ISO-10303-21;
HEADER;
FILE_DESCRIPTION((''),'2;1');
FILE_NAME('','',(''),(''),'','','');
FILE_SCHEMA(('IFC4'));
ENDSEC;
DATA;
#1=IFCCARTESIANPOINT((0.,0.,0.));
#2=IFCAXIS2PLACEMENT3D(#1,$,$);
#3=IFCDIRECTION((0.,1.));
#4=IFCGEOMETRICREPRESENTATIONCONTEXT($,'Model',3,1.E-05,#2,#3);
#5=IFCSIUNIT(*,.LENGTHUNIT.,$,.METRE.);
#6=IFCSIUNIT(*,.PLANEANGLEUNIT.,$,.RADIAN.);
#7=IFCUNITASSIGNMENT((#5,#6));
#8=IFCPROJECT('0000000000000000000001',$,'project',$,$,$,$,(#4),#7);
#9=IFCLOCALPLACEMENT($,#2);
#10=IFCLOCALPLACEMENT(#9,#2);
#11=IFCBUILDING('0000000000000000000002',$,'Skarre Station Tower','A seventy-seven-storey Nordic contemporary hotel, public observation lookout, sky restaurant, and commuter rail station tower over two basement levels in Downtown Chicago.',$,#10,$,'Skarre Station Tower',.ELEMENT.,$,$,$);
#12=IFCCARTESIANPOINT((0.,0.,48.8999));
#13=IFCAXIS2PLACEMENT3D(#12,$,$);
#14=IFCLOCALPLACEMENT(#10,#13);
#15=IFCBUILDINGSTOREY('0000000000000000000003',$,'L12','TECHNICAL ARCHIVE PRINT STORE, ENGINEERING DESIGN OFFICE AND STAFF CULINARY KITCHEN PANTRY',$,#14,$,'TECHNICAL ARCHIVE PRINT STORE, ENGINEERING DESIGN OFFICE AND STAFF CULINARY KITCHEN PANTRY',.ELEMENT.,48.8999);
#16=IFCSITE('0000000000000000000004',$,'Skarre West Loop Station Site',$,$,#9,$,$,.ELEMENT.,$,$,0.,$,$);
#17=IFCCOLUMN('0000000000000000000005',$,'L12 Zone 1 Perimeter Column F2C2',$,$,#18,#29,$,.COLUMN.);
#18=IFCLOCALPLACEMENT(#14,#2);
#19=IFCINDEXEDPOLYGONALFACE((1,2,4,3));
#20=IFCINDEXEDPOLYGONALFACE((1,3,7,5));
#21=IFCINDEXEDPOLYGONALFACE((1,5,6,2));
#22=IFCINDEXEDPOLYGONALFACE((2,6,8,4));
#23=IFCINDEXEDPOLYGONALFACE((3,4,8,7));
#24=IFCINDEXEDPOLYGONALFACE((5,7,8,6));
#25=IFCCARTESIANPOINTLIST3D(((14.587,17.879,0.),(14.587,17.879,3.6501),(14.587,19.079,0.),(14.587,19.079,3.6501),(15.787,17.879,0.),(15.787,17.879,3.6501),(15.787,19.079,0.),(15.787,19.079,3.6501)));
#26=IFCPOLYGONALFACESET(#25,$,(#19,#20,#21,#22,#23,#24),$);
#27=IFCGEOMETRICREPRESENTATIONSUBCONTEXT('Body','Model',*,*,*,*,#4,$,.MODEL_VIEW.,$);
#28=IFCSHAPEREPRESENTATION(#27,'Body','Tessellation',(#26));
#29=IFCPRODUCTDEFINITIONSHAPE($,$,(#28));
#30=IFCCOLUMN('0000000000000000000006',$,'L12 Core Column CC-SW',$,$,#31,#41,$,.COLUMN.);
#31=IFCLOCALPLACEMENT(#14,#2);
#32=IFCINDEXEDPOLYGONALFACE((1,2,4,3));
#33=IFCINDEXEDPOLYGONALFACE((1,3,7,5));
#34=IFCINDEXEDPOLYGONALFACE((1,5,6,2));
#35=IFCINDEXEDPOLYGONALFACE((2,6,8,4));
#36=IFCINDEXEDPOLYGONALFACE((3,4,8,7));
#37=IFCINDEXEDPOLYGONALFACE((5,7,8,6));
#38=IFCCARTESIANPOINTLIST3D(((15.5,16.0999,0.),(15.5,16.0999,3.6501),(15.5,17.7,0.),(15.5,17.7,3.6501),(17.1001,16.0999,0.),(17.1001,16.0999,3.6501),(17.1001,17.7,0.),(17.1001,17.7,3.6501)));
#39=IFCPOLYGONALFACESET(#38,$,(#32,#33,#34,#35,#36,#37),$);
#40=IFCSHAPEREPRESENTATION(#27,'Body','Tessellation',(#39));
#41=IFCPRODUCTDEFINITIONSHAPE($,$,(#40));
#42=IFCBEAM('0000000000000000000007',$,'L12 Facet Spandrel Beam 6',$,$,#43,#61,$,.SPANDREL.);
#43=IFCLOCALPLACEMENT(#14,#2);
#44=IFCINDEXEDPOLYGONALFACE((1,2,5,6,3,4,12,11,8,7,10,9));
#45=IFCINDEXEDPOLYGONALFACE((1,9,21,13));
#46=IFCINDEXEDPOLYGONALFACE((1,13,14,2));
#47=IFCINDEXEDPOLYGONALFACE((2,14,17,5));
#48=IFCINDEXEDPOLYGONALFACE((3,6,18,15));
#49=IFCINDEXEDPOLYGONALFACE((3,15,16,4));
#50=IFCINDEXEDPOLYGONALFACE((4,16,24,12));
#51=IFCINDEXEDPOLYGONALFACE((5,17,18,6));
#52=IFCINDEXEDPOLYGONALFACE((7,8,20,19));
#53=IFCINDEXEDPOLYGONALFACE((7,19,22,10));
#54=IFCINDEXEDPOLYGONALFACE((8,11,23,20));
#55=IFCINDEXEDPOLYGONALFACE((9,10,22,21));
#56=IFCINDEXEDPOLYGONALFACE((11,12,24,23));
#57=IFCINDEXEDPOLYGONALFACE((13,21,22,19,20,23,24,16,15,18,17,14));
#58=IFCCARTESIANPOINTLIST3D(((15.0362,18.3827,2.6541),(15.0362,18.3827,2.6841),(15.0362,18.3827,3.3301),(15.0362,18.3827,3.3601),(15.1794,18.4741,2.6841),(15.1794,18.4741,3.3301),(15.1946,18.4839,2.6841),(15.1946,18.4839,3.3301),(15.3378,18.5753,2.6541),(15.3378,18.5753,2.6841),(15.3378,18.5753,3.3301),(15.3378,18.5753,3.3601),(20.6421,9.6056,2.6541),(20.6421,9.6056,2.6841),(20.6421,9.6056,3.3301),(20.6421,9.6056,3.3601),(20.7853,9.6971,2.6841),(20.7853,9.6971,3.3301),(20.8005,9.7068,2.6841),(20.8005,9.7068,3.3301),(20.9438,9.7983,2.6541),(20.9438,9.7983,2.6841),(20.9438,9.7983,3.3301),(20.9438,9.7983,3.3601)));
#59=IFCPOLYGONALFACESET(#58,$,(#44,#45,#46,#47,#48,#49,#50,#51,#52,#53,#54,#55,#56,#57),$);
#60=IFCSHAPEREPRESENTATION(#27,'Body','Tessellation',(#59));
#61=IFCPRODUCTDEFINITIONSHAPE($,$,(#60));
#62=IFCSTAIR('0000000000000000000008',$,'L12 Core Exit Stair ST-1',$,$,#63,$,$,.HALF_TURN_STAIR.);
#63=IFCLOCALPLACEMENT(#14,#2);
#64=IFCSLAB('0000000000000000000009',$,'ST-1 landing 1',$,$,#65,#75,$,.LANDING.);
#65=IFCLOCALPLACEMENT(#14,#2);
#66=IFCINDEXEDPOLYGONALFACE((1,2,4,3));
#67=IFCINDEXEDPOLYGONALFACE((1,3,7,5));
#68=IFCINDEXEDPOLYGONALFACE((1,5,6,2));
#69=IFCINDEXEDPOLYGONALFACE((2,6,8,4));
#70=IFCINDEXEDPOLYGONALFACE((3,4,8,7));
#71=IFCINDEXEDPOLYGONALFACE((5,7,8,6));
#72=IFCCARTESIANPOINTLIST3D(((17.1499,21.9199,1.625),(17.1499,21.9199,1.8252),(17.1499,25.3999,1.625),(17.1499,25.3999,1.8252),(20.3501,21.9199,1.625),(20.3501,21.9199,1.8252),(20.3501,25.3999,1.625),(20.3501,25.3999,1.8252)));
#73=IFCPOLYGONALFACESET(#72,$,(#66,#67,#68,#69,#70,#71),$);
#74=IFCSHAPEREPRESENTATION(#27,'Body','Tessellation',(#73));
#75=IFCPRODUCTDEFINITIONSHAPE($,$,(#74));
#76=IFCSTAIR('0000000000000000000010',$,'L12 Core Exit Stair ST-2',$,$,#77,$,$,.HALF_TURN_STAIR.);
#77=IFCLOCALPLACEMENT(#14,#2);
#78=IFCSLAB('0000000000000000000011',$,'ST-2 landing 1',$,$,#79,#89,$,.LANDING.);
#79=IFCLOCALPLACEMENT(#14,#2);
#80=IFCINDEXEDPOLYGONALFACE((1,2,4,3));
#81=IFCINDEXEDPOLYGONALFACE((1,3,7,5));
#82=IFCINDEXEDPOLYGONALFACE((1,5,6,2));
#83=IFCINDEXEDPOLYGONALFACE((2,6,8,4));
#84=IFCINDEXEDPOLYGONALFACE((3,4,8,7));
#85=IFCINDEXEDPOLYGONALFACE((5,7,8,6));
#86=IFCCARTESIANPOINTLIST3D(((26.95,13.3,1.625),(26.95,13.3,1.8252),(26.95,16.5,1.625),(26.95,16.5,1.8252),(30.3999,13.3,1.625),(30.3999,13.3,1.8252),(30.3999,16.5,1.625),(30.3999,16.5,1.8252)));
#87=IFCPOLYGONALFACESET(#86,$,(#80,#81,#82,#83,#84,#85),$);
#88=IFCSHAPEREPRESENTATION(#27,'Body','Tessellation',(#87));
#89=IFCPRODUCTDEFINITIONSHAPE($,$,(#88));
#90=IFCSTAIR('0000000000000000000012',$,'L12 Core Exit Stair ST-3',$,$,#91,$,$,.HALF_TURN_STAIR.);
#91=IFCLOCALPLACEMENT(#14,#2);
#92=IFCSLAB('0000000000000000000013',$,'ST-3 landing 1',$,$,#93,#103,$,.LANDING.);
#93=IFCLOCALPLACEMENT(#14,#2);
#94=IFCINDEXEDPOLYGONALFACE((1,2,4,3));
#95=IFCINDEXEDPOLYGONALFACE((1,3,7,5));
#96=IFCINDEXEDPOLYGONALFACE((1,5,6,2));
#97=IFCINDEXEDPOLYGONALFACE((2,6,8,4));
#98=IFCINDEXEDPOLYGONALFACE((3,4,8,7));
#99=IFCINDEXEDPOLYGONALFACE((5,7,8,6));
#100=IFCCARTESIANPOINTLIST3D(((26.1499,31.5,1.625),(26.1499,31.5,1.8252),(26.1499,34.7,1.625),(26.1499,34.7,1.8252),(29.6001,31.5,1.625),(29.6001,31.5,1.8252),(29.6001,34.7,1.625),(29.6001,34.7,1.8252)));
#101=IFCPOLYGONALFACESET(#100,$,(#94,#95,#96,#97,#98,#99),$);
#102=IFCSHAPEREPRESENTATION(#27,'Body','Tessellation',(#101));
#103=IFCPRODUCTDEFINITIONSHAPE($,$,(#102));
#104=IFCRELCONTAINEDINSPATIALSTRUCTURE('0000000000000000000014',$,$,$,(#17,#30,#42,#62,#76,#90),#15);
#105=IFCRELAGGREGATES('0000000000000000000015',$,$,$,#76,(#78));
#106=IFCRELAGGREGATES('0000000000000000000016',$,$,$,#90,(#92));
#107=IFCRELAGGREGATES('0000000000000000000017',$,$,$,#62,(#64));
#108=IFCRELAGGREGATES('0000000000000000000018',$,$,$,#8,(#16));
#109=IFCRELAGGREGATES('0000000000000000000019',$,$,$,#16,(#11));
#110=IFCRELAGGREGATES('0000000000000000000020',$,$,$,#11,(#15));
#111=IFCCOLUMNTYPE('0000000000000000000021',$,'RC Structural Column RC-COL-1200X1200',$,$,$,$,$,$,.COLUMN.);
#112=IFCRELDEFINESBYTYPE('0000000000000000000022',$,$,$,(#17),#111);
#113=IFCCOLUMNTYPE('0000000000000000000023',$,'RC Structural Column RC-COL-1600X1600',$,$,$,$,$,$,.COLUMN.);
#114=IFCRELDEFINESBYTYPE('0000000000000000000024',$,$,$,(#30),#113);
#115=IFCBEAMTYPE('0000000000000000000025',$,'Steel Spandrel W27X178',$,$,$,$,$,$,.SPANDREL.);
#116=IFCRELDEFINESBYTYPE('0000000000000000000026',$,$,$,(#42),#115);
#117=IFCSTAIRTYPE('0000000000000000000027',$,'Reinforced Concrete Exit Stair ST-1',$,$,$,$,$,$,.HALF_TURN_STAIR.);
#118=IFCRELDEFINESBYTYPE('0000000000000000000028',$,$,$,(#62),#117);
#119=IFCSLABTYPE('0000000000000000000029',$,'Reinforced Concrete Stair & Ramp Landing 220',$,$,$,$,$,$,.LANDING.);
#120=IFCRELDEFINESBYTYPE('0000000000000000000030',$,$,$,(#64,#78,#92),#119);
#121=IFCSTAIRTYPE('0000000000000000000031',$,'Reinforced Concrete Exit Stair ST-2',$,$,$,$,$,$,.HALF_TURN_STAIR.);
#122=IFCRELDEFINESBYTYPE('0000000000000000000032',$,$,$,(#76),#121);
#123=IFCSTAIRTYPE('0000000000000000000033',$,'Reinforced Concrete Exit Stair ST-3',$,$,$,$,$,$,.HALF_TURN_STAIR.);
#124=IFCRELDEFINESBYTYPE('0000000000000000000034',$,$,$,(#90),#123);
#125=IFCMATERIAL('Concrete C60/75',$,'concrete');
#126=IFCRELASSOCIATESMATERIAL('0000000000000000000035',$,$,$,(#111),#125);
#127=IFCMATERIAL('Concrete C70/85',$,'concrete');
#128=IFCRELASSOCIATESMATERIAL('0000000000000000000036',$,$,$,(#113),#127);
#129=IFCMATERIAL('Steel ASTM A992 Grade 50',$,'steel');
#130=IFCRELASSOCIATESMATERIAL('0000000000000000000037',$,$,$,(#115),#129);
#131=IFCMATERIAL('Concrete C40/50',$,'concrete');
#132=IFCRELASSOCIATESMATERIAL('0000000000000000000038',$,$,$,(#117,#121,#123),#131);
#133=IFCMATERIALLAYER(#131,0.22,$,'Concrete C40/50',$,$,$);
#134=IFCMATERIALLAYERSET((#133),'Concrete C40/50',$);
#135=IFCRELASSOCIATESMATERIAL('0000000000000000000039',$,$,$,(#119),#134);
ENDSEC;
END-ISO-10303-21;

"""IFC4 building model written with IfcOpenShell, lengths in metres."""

from ifc_helpers import new_model, si_unit, direction, frame, origin, origin_2d, place, context, subcontext, project, spatial, polyline, rectangle, i_section, outline, extrude, material, layer, layer_set, material_profile, profile_set, type_object, element, aggregate, save


model = new_model("IFC4")

# Units and contexts
model_context = context("Model", 3, precision=1e-05, world=origin(), true_north=direction((0.0, 1.0)))
body_context = subcontext(model_context, "Body", "Model", "MODEL_VIEW")
ifc_project = project(units=[si_unit("LENGTHUNIT", "METRE"), si_unit("PLANEANGLEUNIT", "RADIAN")], contexts=[model_context])

# Site, building, storey
site_placement = place(None, origin())
site = spatial("IfcSite", under=ifc_project, at=site_placement, Name="Skarre West Loop Station Site", CompositionType="ELEMENT", RefElevation=0.0)
building_placement = place(site_placement, origin())
building = spatial("IfcBuilding", under=site, at=building_placement, Name="Skarre Station Tower", Description="A seventy-seven-storey Nordic contemporary hotel, public observation lookout, sky restaurant, and commuter rail station tower over two basement levels in Downtown Chicago.", LongName="Skarre Station Tower", CompositionType="ELEMENT")
storey_placement = place(building_placement, frame((0.0, 0.0, 48.8999)))
storey = spatial("IfcBuildingStorey", under=building, at=storey_placement, Name="L12", Description="TECHNICAL ARCHIVE PRINT STORE, ENGINEERING DESIGN OFFICE AND STAFF CULINARY KITCHEN PANTRY", LongName="TECHNICAL ARCHIVE PRINT STORE, ENGINEERING DESIGN OFFICE AND STAFF CULINARY KITCHEN PANTRY", CompositionType="ELEMENT", Elevation=48.8999)

# Columns
ifc_material_1 = material(Name="Concrete C60/75", Category="concrete")
ifc_material_profile_1 = material_profile(ifc_material_1, rectangle(XDim=1.2, YDim=1.2, at=origin_2d()), Name="Concrete C60/75")
ifc_profile_set_1 = profile_set([ifc_material_profile_1], Name="Concrete C60/75")
column_type_1 = type_object("IfcColumnType", Name="RC Structural Column RC-COL-1200X1200", PredefinedType="COLUMN", material=ifc_profile_set_1)
column_1_placement = place(storey_placement, frame((15.187, 18.479, 0.0), z_axis=(0.0, 0.0, 1.0), x_axis=(1.0, 0.0, 0.0)))
element("IfcColumn", 1, at=column_1_placement, inside=storey, type_object=column_type_1, Name="L12 Zone 1 Perimeter Column F2C2", PredefinedType="COLUMN", context=body_context, shape_type="SweptSolid", body=[
    extrude(rectangle(XDim=1.2, YDim=1.2, at=origin_2d()), origin(), (0.0, 0.0, 1.0), 3.6501),
])
ifc_material_2 = material(Name="Concrete C70/85", Category="concrete")
ifc_material_profile_2 = material_profile(ifc_material_2, rectangle(XDim=1.6001, YDim=1.6001, at=origin_2d()), Name="Concrete C70/85")
ifc_profile_set_2 = profile_set([ifc_material_profile_2], Name="Concrete C70/85")
column_type_2 = type_object("IfcColumnType", Name="RC Structural Column RC-COL-1600X1600", PredefinedType="COLUMN", material=ifc_profile_set_2)
column_2_placement = place(storey_placement, frame((16.3, 16.8999, 0.0), z_axis=(0.0, 0.0, 1.0), x_axis=(1.0, 0.0, 0.0)))
element("IfcColumn", 2, at=column_2_placement, inside=storey, type_object=column_type_2, Name="L12 Core Column CC-SW", PredefinedType="COLUMN", context=body_context, shape_type="SweptSolid", body=[
    extrude(rectangle(XDim=1.6001, YDim=1.6001, at=origin_2d()), origin(), (0.0, 0.0, 1.0), 3.6501),
])

# Beam
ifc_material_3 = material(Name="Steel ASTM A992 Grade 50", Category="steel")
ifc_material_profile_3 = material_profile(ifc_material_3, i_section(OverallWidth=0.3579, OverallDepth=0.7061, WebThickness=0.0181, FlangeThickness=0.03, at=origin_2d()), Name="Steel ASTM A992 Grade 50")
ifc_profile_set_3 = profile_set([ifc_material_profile_3], Name="Steel ASTM A992 Grade 50")
beam_type = type_object("IfcBeamType", Name="Steel Spandrel W27X178", PredefinedType="SPANDREL", material=ifc_profile_set_3)
beam_placement = place(storey_placement, frame((15.187, 18.479, 3.0071), z_axis=(0.538278, -0.842767, 0.0), x_axis=(0.842767, 0.538278, 0.0)))
element("IfcBeam", 3, at=beam_placement, inside=storey, type_object=beam_type, Name="L12 Facet Spandrel Beam 6", PredefinedType="SPANDREL", context=body_context, shape_type="SweptSolid", body=[
    extrude(i_section(OverallWidth=0.3579, OverallDepth=0.7061, WebThickness=0.0181, FlangeThickness=0.03, at=origin_2d()), origin(), (0.0, 0.0, 1.0), 10.4146),
])

# Stairs, slabs
ifc_material_4 = material(Name="Concrete C40/50", Category="concrete")
stair_type_1 = type_object("IfcStairType", Name="Reinforced Concrete Exit Stair ST-1", PredefinedType="HALF_TURN_STAIR", material=ifc_material_4)
stair_1_placement = place(storey_placement, origin())
stair_1 = element("IfcStair", 4, at=stair_1_placement, inside=storey, type_object=stair_type_1, Name="L12 Core Exit Stair ST-1", PredefinedType="HALF_TURN_STAIR")
ifc_layer_1 = layer(ifc_material_4, 0.22, Name="Concrete C40/50")
ifc_layer_set_1 = layer_set([ifc_layer_1], Name="Concrete C40/50")
slab_type_1 = type_object("IfcSlabType", Name="Reinforced Concrete Stair & Ramp Landing 220", PredefinedType="LANDING", material=ifc_layer_set_1)
slab_1_placement = place(storey_placement, frame((0.0, 0.0, 1.625)))
slab_1 = element("IfcSlab", 5, at=slab_1_placement, type_object=slab_type_1, Name="ST-1 landing 1", PredefinedType="LANDING", context=body_context, shape_type="SweptSolid", body=[
    extrude(outline(polyline([(20.3501, 21.9199), (20.3501, 25.3999), (17.1499, 25.3999), (17.1499, 21.9199), (20.3501, 21.9199)])), origin(), (0.0, 0.0, 1.0), 0.2002),
])
stair_type_2 = type_object("IfcStairType", Name="Reinforced Concrete Exit Stair ST-2", PredefinedType="HALF_TURN_STAIR", material=ifc_material_4)
stair_2_placement = place(storey_placement, origin())
stair_2 = element("IfcStair", 6, at=stair_2_placement, inside=storey, type_object=stair_type_2, Name="L12 Core Exit Stair ST-2", PredefinedType="HALF_TURN_STAIR")
slab_2_placement = place(storey_placement, frame((0.0, 0.0, 1.625)))
slab_2 = element("IfcSlab", 7, at=slab_2_placement, type_object=slab_type_1, Name="ST-2 landing 1", PredefinedType="LANDING", context=body_context, shape_type="SweptSolid", body=[
    extrude(outline(polyline([(26.95, 13.3), (30.3999, 13.3), (30.3999, 16.5), (26.95, 16.5), (26.95, 13.3)])), origin(), (0.0, 0.0, 1.0), 0.2002),
])
aggregate(stair_2, [slab_2])
stair_type_3 = type_object("IfcStairType", Name="Reinforced Concrete Exit Stair ST-3", PredefinedType="HALF_TURN_STAIR", material=ifc_material_4)
stair_3_placement = place(storey_placement, origin())
stair_3 = element("IfcStair", 8, at=stair_3_placement, inside=storey, type_object=stair_type_3, Name="L12 Core Exit Stair ST-3", PredefinedType="HALF_TURN_STAIR")
slab_3_placement = place(storey_placement, frame((0.0, 0.0, 1.625)))
slab_3 = element("IfcSlab", 9, at=slab_3_placement, type_object=slab_type_1, Name="ST-3 landing 1", PredefinedType="LANDING", context=body_context, shape_type="SweptSolid", body=[
    extrude(outline(polyline([(26.1499, 31.5), (29.6001, 31.5), (29.6001, 34.7), (26.1499, 34.7), (26.1499, 31.5)])), origin(), (0.0, 0.0, 1.0), 0.2002),
])
aggregate(stair_3, [slab_3])

aggregate(stair_1, [slab_1])

save(model, "model.ifc")
